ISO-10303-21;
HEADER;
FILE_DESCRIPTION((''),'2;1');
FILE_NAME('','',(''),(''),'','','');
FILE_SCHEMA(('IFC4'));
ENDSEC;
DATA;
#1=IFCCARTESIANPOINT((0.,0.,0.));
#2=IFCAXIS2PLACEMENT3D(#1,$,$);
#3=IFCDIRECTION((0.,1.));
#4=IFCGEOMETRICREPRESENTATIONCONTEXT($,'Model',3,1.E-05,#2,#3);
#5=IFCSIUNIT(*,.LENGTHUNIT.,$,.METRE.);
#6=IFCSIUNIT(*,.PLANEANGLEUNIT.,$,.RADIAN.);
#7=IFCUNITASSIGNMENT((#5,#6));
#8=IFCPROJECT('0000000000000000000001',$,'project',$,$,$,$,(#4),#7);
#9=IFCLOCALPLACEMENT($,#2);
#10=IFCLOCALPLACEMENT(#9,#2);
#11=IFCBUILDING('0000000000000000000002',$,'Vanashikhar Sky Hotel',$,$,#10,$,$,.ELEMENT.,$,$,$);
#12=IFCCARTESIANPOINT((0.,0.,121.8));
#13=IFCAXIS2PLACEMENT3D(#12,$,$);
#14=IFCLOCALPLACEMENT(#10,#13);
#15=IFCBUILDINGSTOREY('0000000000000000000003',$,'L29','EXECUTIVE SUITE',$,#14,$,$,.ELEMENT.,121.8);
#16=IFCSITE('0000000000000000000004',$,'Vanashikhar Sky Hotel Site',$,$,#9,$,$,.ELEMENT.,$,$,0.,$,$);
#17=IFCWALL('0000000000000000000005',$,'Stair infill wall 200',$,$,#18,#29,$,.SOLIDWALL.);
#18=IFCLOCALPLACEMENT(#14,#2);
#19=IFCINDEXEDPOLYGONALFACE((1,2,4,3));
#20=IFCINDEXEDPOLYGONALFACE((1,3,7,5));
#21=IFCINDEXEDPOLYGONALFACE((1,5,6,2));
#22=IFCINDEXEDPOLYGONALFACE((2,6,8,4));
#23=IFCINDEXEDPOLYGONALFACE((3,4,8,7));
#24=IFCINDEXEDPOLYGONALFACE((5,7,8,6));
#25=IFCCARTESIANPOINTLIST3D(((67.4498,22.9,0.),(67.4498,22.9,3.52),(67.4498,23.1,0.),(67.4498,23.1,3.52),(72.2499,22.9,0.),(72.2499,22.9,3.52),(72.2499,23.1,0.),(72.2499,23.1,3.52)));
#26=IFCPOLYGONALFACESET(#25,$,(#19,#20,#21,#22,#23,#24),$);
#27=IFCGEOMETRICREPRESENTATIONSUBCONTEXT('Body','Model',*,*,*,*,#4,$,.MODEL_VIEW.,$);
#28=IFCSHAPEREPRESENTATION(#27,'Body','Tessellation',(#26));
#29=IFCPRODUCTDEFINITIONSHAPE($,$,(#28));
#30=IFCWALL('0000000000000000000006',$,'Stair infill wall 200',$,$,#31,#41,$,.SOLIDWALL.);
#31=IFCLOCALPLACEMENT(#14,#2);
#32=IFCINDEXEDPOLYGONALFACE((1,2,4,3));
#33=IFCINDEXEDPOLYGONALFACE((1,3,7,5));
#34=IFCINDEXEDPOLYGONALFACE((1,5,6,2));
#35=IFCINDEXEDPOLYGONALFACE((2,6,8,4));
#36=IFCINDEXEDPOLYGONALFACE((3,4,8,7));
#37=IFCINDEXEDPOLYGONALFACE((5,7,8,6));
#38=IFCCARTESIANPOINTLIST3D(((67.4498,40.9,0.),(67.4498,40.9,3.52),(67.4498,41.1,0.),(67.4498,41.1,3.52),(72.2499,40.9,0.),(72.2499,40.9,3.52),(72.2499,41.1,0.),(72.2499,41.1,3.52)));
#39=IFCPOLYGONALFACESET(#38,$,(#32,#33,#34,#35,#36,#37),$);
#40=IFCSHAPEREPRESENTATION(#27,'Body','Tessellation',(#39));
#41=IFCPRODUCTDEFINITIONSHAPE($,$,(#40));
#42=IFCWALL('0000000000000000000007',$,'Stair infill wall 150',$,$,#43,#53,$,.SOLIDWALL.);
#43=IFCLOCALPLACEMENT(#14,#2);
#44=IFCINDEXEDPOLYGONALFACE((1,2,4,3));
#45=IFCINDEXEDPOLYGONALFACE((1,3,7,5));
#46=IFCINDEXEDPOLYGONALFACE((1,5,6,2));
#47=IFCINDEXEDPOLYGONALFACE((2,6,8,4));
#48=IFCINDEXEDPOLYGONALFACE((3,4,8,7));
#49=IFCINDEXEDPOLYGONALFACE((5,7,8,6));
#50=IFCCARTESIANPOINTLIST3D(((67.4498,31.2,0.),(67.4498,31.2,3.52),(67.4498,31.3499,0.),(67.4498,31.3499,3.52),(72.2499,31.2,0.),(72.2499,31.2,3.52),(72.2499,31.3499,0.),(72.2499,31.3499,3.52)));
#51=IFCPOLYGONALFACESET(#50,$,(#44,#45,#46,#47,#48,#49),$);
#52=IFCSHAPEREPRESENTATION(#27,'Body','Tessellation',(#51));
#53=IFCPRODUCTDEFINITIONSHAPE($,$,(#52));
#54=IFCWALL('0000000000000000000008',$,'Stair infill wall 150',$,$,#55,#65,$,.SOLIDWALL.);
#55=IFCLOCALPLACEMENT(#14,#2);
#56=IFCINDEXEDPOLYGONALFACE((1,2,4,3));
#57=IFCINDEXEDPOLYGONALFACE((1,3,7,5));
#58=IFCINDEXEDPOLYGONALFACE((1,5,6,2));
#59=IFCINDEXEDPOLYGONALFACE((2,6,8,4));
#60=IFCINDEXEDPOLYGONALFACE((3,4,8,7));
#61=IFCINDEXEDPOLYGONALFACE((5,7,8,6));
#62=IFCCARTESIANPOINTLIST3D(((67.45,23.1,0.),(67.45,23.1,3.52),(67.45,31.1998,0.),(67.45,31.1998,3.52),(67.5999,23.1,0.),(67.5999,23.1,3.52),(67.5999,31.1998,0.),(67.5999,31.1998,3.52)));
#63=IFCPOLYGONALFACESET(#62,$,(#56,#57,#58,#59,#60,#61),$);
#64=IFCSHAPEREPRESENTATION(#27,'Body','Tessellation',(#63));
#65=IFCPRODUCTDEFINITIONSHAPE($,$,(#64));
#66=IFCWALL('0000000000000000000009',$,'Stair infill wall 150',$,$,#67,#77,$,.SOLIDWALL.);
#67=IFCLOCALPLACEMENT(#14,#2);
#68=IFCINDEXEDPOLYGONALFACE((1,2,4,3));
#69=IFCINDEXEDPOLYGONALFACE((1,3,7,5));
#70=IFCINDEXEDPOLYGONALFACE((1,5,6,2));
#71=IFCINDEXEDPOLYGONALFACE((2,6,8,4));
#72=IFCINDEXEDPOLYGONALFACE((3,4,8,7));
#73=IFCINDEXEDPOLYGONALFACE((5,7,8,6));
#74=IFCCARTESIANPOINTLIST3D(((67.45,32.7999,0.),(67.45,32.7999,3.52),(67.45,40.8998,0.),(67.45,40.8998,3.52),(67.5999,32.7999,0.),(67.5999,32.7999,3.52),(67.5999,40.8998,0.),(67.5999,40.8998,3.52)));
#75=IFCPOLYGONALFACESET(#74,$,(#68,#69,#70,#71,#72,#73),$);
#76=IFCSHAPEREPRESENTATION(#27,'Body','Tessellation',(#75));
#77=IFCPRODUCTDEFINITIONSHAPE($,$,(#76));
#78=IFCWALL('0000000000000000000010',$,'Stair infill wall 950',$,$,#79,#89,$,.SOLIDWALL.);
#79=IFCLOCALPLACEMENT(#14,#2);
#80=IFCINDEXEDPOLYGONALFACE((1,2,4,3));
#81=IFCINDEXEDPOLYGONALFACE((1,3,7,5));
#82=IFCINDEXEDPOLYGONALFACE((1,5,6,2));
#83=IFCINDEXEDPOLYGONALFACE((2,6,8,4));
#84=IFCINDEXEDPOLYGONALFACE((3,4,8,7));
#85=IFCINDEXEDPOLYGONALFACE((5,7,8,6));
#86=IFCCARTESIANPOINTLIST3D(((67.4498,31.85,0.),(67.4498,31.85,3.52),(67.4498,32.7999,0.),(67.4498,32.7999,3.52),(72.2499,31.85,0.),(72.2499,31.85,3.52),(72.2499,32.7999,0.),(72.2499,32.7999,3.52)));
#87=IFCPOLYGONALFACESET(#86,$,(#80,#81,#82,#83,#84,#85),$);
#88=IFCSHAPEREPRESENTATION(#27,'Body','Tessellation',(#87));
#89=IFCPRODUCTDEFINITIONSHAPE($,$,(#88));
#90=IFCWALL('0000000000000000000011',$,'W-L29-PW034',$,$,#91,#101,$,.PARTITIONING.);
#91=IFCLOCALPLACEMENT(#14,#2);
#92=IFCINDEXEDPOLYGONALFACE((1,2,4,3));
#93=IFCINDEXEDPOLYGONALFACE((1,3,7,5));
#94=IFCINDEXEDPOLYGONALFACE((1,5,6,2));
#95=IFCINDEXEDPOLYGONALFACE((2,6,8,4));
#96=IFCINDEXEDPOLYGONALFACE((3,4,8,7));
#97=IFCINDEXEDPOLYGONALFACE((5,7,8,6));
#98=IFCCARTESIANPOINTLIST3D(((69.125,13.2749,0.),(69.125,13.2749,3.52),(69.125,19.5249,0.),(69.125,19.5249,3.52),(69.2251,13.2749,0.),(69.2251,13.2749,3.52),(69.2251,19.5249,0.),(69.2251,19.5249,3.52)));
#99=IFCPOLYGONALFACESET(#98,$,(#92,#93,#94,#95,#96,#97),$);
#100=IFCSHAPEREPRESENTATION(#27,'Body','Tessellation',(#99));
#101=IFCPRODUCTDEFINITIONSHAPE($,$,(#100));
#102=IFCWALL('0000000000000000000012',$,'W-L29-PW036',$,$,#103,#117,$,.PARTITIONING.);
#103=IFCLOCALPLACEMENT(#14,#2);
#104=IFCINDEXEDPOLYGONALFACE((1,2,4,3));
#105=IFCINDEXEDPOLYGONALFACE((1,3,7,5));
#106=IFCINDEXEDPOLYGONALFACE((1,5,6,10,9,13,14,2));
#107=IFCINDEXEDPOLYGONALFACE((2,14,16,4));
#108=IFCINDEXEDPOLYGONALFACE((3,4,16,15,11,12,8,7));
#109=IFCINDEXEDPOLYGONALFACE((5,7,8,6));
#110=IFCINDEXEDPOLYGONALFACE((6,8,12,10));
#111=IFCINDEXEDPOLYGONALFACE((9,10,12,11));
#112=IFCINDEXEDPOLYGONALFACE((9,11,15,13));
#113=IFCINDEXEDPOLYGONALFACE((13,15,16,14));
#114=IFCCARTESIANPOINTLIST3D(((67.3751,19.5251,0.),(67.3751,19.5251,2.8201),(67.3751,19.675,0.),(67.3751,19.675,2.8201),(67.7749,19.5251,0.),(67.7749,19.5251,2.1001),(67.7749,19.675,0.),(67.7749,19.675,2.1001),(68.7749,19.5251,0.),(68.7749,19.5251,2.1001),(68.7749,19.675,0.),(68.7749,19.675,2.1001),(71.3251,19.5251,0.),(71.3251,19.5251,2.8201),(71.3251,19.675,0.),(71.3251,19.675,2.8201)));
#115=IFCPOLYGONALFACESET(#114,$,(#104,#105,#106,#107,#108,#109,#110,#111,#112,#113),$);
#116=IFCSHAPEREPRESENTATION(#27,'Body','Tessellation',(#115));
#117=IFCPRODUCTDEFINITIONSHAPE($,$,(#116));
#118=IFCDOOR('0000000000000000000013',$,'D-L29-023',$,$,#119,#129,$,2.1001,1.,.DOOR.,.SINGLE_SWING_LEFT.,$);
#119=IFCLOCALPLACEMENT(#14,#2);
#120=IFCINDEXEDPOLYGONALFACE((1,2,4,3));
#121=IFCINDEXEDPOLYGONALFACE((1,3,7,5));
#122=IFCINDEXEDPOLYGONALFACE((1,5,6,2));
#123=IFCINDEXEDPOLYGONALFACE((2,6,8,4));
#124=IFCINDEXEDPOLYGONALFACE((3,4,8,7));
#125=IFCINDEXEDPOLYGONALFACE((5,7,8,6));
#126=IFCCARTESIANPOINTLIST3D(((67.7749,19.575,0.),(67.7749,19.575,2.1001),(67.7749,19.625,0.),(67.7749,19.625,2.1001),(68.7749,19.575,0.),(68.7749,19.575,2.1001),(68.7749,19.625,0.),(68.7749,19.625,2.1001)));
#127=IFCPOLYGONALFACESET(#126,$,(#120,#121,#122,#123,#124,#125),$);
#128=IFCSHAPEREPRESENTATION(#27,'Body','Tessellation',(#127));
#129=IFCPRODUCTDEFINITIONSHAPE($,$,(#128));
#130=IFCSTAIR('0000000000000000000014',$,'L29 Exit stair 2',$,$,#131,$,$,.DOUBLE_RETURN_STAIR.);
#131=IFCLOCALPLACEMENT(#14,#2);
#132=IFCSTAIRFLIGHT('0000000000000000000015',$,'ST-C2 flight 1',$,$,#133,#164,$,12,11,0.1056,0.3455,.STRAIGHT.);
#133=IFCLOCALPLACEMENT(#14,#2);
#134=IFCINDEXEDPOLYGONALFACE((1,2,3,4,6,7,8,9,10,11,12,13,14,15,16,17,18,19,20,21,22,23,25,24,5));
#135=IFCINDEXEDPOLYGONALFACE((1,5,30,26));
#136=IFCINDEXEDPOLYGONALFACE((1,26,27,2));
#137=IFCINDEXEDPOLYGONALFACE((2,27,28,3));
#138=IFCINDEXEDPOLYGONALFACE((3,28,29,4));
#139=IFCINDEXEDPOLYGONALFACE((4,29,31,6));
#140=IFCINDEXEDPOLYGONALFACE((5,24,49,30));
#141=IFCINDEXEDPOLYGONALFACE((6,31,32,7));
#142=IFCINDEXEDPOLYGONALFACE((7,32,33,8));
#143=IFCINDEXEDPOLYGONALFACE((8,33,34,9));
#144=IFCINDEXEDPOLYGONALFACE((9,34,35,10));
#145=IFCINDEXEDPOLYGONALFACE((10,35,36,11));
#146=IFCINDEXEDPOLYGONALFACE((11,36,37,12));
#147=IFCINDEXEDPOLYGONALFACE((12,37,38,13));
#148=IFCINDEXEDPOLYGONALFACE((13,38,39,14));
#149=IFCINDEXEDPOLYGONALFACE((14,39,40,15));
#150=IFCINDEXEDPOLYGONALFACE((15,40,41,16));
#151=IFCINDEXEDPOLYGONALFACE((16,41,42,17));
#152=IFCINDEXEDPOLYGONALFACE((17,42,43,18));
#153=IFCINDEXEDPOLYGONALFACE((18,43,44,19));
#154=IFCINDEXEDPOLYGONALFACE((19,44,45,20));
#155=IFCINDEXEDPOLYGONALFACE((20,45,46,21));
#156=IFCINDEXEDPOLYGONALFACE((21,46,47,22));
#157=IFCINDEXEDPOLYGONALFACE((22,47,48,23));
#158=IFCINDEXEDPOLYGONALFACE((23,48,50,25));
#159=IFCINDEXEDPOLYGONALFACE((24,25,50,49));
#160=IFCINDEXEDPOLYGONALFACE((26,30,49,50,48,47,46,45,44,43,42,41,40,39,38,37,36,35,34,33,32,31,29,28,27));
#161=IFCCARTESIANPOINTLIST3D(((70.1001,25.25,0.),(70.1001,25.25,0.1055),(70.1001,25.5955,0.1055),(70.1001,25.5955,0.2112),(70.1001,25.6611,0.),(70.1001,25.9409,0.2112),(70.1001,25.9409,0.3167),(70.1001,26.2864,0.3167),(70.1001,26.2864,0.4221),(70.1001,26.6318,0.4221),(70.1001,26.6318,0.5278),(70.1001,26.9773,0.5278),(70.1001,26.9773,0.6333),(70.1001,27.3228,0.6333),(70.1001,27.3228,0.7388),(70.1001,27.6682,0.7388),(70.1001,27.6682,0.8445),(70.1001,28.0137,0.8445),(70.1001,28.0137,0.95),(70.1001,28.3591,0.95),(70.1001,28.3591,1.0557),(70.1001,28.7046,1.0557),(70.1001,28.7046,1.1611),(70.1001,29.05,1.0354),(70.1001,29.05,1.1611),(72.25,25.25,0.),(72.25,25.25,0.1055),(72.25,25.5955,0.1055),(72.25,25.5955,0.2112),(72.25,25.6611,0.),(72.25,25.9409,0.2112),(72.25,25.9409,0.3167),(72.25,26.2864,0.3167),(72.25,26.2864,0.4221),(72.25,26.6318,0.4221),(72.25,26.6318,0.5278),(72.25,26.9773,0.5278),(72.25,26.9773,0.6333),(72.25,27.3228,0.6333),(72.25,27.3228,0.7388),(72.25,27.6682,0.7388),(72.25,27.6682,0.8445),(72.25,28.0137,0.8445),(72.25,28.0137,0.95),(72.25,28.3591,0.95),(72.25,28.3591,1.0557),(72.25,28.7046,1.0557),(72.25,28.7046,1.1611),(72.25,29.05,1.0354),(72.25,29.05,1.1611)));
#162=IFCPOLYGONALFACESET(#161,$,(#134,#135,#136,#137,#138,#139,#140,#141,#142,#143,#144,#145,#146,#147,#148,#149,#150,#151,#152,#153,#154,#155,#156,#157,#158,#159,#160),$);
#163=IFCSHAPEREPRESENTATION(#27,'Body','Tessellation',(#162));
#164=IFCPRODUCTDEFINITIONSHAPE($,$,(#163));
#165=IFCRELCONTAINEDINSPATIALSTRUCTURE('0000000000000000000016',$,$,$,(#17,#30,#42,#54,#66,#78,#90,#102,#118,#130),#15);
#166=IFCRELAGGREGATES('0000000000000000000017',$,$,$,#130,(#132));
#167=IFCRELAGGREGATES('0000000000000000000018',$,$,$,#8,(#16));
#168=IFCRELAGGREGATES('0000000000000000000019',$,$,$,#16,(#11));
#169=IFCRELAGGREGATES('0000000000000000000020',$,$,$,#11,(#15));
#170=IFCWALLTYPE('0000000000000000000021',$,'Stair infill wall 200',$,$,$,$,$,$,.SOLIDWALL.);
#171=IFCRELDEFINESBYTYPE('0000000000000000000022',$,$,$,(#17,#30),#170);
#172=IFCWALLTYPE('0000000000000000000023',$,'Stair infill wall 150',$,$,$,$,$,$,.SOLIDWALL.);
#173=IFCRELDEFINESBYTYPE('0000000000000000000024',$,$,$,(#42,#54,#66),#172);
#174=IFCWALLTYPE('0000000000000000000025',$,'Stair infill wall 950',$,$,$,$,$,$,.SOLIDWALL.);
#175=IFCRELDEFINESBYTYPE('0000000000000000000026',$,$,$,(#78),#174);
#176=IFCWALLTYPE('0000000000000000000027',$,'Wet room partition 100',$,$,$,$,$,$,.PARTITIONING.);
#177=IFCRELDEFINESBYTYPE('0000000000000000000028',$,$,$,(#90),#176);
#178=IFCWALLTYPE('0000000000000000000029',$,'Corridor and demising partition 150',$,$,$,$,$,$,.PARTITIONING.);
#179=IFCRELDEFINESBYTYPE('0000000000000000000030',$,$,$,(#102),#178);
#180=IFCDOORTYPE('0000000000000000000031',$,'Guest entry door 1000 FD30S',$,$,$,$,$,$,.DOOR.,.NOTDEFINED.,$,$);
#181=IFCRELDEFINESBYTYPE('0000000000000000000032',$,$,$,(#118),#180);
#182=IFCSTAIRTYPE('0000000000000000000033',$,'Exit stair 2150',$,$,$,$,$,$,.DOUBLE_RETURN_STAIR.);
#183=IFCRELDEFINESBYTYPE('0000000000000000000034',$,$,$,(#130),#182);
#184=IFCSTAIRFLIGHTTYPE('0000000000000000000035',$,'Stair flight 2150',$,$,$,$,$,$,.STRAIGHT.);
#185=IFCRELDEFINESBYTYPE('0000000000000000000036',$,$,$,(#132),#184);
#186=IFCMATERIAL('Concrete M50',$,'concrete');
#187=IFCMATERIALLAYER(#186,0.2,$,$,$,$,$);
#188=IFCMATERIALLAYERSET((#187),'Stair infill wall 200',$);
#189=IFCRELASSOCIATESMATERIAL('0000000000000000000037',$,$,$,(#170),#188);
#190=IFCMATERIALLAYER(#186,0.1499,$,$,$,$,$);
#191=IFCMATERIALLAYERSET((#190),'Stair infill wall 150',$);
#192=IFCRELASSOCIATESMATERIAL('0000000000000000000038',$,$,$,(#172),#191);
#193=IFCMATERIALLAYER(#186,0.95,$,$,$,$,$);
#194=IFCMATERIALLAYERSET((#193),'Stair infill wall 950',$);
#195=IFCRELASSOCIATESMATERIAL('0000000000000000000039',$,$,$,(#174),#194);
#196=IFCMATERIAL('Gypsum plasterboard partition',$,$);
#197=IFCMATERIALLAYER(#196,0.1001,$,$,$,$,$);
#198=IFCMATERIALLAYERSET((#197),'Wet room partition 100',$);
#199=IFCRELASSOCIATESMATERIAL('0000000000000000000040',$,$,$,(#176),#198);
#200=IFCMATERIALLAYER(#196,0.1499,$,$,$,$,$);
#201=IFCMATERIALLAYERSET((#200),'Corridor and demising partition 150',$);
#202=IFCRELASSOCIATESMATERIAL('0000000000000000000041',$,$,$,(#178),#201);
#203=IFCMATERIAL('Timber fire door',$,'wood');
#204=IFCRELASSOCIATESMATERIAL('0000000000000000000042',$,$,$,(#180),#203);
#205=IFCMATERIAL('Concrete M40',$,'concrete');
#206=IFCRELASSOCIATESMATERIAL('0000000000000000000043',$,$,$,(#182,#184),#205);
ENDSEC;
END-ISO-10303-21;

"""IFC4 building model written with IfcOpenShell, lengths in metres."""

from ifc_helpers import new_model, si_unit, direction, frame, frame_2d, origin, place, context, subcontext, project, spatial, polyline, rectangle, outline, extrude, source, transform, mapped, material, layer, layer_set, type_object, element, fill, aggregate, save


model = new_model("IFC4")

# Units and contexts
model_context = context("Model", 3, precision=1e-05, world=origin(), true_north=direction((0.0, 1.0)))
body_context = subcontext(model_context, "Body", "Model", "MODEL_VIEW")
ifc_project = project(units=[si_unit("LENGTHUNIT", "METRE"), si_unit("PLANEANGLEUNIT", "RADIAN")], contexts=[model_context])

# Site, building, storey
site_placement = place(None, origin())
site = spatial("IfcSite", under=ifc_project, at=site_placement, Name="Vanashikhar Sky Hotel Site", CompositionType="ELEMENT", RefElevation=0.0)
building_placement = place(site_placement, origin())
building = spatial("IfcBuilding", under=site, at=building_placement, Name="Vanashikhar Sky Hotel", CompositionType="ELEMENT")
storey_placement = place(building_placement, frame((0.0, 0.0, 121.8)))
storey = spatial("IfcBuildingStorey", under=building, at=storey_placement, Name="L29", Description="EXECUTIVE SUITE", CompositionType="ELEMENT", Elevation=121.8)

# Shared definitions
ifc_material_1 = material(Name="Concrete M50", Category="concrete")

# Walls
ifc_layer_1 = layer(ifc_material_1, 0.2)
ifc_layer_set_1 = layer_set([ifc_layer_1], Name="Stair infill wall 200")
wall_type_1 = type_object("IfcWallType", Name="Stair infill wall 200", PredefinedType="SOLIDWALL", material=ifc_layer_set_1)
shared_shape_1 = source(origin(), body_context, "Body", "SweptSolid", [
    extrude(rectangle(XDim=4.8, YDim=0.2, at=frame_2d((2.3999, 0.0))), origin(), (0.0, 0.0, 1.0), 3.52),
])
for number, where, z_axis, x_axis, name in (
    (1, (67.45, 23.0, 0.0), (0.0, 0.0, 1.0), (1.0, 0.0, 0.0), "Stair infill wall 200"),
    (2, (67.45, 41.0, 0.0), (0.0, 0.0, 1.0), (1.0, 0.0, 0.0), "Stair infill wall 200"),
):
    element("IfcWall", number, at=place(storey_placement, frame(where, z_axis=z_axis, x_axis=x_axis)), inside=storey, type_object=wall_type_1, Name=name, PredefinedType="SOLIDWALL", context=body_context, shape_type="MappedRepresentation", body=[
        mapped(shared_shape_1, transform((0.0, 0.0, 0.0), scale=1.0)),
    ])
ifc_layer_2 = layer(ifc_material_1, 0.1499)
ifc_layer_set_2 = layer_set([ifc_layer_2], Name="Stair infill wall 150")
wall_type_2 = type_object("IfcWallType", Name="Stair infill wall 150", PredefinedType="SOLIDWALL", material=ifc_layer_set_2)
shared_shape_2 = source(origin(), body_context, "Body", "SweptSolid", [
    extrude(rectangle(XDim=4.8, YDim=0.1499, at=frame_2d((2.3999, 0.0))), origin(), (0.0, 0.0, 1.0), 3.52),
])
wall_1_placement = place(storey_placement, frame((67.45, 31.2749, 0.0), z_axis=(0.0, 0.0, 1.0), x_axis=(1.0, 0.0, 0.0)))
element("IfcWall", 3, at=wall_1_placement, inside=storey, type_object=wall_type_2, Name="Stair infill wall 150", PredefinedType="SOLIDWALL", context=body_context, shape_type="MappedRepresentation", body=[
    mapped(shared_shape_2, transform((0.0, 0.0, 0.0), scale=1.0)),
])
shared_shape_3 = source(origin(), body_context, "Body", "SweptSolid", [
    extrude(rectangle(XDim=8.0999, YDim=0.1499, at=frame_2d((4.0498, 0.0))), origin(), (0.0, 0.0, 1.0), 3.52),
])
for number, where, z_axis, x_axis, name in (
    (4, (67.5249, 23.1001, 0.0), (0.0, 0.0, 1.0), (0.0, 1.0, 0.0), "Stair infill wall 150"),
    (5, (67.5249, 32.8, 0.0), (0.0, 0.0, 1.0), (0.0, 1.0, 0.0), "Stair infill wall 150"),
):
    element("IfcWall", number, at=place(storey_placement, frame(where, z_axis=z_axis, x_axis=x_axis)), inside=storey, type_object=wall_type_2, Name=name, PredefinedType="SOLIDWALL", context=body_context, shape_type="MappedRepresentation", body=[
        mapped(shared_shape_3, transform((0.0, 0.0, 0.0), scale=1.0)),
    ])
ifc_layer_3 = layer(ifc_material_1, 0.95)
ifc_layer_set_3 = layer_set([ifc_layer_3], Name="Stair infill wall 950")
wall_type_3 = type_object("IfcWallType", Name="Stair infill wall 950", PredefinedType="SOLIDWALL", material=ifc_layer_set_3)
shared_shape_4 = source(origin(), body_context, "Body", "SweptSolid", [
    extrude(rectangle(XDim=4.8, YDim=0.95, at=frame_2d((2.3999, 0.0))), origin(), (0.0, 0.0, 1.0), 3.52),
])
wall_2_placement = place(storey_placement, frame((67.45, 32.325, 0.0), z_axis=(0.0, 0.0, 1.0), x_axis=(1.0, 0.0, 0.0)))
element("IfcWall", 6, at=wall_2_placement, inside=storey, type_object=wall_type_3, Name="Stair infill wall 950", PredefinedType="SOLIDWALL", context=body_context, shape_type="MappedRepresentation", body=[
    mapped(shared_shape_4, transform((0.0, 0.0, 0.0), scale=1.0)),
])
ifc_material_2 = material(Name="Gypsum plasterboard partition")
ifc_layer_4 = layer(ifc_material_2, 0.1001)
ifc_layer_set_4 = layer_set([ifc_layer_4], Name="Wet room partition 100")
wall_type_4 = type_object("IfcWallType", Name="Wet room partition 100", PredefinedType="PARTITIONING", material=ifc_layer_set_4)
shared_shape_5 = source(origin(), body_context, "Body", "SweptSolid", [
    extrude(rectangle(XDim=6.25, YDim=0.1001, at=frame_2d((3.125, 0.0))), origin(), (0.0, 0.0, 1.0), 3.52),
])
wall_3_placement = place(storey_placement, frame((69.175, 13.2749, 0.0), z_axis=(0.0, 0.0, 1.0), x_axis=(0.0, 1.0, 0.0)))
element("IfcWall", 7, at=wall_3_placement, inside=storey, type_object=wall_type_4, Name="W-L29-PW034", PredefinedType="PARTITIONING", context=body_context, shape_type="MappedRepresentation", body=[
    mapped(shared_shape_5, transform((0.0, 0.0, 0.0), scale=1.0)),
])

# Wall, opening, door
ifc_layer_5 = layer(ifc_material_2, 0.1499)
ifc_layer_set_5 = layer_set([ifc_layer_5], Name="Corridor and demising partition 150")
wall_type_5 = type_object("IfcWallType", Name="Corridor and demising partition 150", PredefinedType="PARTITIONING", material=ifc_layer_set_5)
shared_shape_6 = source(origin(), body_context, "Body", "SweptSolid", [
    extrude(rectangle(XDim=3.95, YDim=0.1499, at=frame_2d((1.9751, 0.0))), origin(), (0.0, 0.0, 1.0), 2.8201),
])
wall_4_placement = place(storey_placement, frame((67.375, 19.6001, 0.0), z_axis=(0.0, 0.0, 1.0), x_axis=(1.0, 0.0, 0.0)))
wall_4 = element("IfcWall", 8, at=wall_4_placement, inside=storey, type_object=wall_type_5, Name="W-L29-PW036", PredefinedType="PARTITIONING", context=body_context, shape_type="MappedRepresentation", body=[
    mapped(shared_shape_6, transform((0.0, 0.0, 0.0), scale=1.0)),
])
shared_shape_7 = source(origin(), body_context, "Body", "SweptSolid", [
    extrude(rectangle(XDim=1.0, YDim=2.1001, at=frame_2d((0.5, 1.05))), frame((0.0, 0.085, 0.0), z_axis=(0.0, -1.0, 0.0), x_axis=(1.0, 0.0, 0.0)), (0.0, 0.0, 1.0), 0.1699),
])
opening_1_placement = place(wall_4_placement, frame((0.3999, 0.0, 0.0)))
opening_1 = element("IfcOpeningElement", 9, at=opening_1_placement, cuts=wall_4, PredefinedType="OPENING", context=body_context, shape_type="MappedRepresentation", body=[
    mapped(shared_shape_7, transform((0.0, 0.0, 0.0), scale=1.0)),
])
ifc_material_3 = material(Name="Timber fire door", Category="wood")
door_type_1 = type_object("IfcDoorType", Name="Guest entry door 1000 FD30S", OperationType="NOTDEFINED", PredefinedType="DOOR", material=ifc_material_3)
shared_shape_8 = source(origin(), body_context, "Body", "SweptSolid", [
    extrude(rectangle(XDim=1.0, YDim=2.1001, at=frame_2d((0.5, 1.05))), frame((0.0, 0.0249, 0.0), z_axis=(0.0, -1.0, 0.0), x_axis=(1.0, 0.0, 0.0)), (0.0, 0.0, 1.0), 0.05),
])
door_1_placement = place(opening_1_placement, origin())
door_1 = element("IfcDoor", 10, at=door_1_placement, inside=storey, type_object=door_type_1, Name="D-L29-023", OperationType="SINGLE_SWING_LEFT", OverallHeight=2.1001, OverallWidth=1.0, PredefinedType="DOOR", context=body_context, shape_type="MappedRepresentation", body=[
    mapped(shared_shape_8, transform((0.0, 0.0, 0.0), scale=1.0)),
])
fill(opening_1, door_1)

# Stair, stair flight
ifc_material_4 = material(Name="Concrete M40", Category="concrete")
stair_type = type_object("IfcStairType", Name="Exit stair 2150", PredefinedType="DOUBLE_RETURN_STAIR", material=ifc_material_4)
stair_1_placement = place(storey_placement, origin())
stair_1 = element("IfcStair", 11, at=stair_1_placement, inside=storey, type_object=stair_type, Name="L29 Exit stair 2", PredefinedType="DOUBLE_RETURN_STAIR")
stair_flight_type = type_object("IfcStairFlightType", Name="Stair flight 2150", PredefinedType="STRAIGHT", material=ifc_material_4)
shared_shape_9 = source(origin(), body_context, "Body", "SweptSolid", [
    extrude(outline(polyline([(0.0, 0.0), (0.0, 0.1055), (0.3455, 0.1055), (0.3455, 0.2112), (0.6909, 0.2112), (0.6909, 0.3167), (1.0364, 0.3167), (1.0364, 0.4221), (1.3818, 0.4221), (1.3818, 0.5278), (1.7273, 0.5278), (1.7273, 0.6333), (2.0728, 0.6333), (2.0728, 0.7388), (2.4182, 0.7388), (2.4182, 0.8445), (2.7637, 0.8445), (2.7637, 0.95), (3.1091, 0.95), (3.1091, 1.0557), (3.4546, 1.0557), (3.4546, 1.1611), (3.8, 1.1611), (3.8, 1.2666), (3.8, 1.0354), (0.4111, 0.0), (0.0, 0.0)])), frame((0.0, 1.075, 0.0), z_axis=(0.0, -1.0, 0.0), x_axis=(1.0, 0.0, 0.0)), (0.0, 0.0, 1.0), 2.1499),
])
stair_flight_1_placement = place(storey_placement, frame((71.175, 25.25, 0.0), z_axis=(0.0, 0.0, 1.0), x_axis=(0.0, 1.0, 0.0)))
stair_flight_1 = element("IfcStairFlight", 12, at=stair_flight_1_placement, type_object=stair_flight_type, Name="ST-C2 flight 1", NumberOfRisers=12, NumberOfTreads=11, PredefinedType="STRAIGHT", RiserHeight=0.1056, TreadLength=0.3455, context=body_context, shape_type="MappedRepresentation", body=[
    mapped(shared_shape_9, transform((0.0, 0.0, 0.0), scale=1.0)),
])
aggregate(stair_1, [stair_flight_1])

save(model, "model.ifc")
